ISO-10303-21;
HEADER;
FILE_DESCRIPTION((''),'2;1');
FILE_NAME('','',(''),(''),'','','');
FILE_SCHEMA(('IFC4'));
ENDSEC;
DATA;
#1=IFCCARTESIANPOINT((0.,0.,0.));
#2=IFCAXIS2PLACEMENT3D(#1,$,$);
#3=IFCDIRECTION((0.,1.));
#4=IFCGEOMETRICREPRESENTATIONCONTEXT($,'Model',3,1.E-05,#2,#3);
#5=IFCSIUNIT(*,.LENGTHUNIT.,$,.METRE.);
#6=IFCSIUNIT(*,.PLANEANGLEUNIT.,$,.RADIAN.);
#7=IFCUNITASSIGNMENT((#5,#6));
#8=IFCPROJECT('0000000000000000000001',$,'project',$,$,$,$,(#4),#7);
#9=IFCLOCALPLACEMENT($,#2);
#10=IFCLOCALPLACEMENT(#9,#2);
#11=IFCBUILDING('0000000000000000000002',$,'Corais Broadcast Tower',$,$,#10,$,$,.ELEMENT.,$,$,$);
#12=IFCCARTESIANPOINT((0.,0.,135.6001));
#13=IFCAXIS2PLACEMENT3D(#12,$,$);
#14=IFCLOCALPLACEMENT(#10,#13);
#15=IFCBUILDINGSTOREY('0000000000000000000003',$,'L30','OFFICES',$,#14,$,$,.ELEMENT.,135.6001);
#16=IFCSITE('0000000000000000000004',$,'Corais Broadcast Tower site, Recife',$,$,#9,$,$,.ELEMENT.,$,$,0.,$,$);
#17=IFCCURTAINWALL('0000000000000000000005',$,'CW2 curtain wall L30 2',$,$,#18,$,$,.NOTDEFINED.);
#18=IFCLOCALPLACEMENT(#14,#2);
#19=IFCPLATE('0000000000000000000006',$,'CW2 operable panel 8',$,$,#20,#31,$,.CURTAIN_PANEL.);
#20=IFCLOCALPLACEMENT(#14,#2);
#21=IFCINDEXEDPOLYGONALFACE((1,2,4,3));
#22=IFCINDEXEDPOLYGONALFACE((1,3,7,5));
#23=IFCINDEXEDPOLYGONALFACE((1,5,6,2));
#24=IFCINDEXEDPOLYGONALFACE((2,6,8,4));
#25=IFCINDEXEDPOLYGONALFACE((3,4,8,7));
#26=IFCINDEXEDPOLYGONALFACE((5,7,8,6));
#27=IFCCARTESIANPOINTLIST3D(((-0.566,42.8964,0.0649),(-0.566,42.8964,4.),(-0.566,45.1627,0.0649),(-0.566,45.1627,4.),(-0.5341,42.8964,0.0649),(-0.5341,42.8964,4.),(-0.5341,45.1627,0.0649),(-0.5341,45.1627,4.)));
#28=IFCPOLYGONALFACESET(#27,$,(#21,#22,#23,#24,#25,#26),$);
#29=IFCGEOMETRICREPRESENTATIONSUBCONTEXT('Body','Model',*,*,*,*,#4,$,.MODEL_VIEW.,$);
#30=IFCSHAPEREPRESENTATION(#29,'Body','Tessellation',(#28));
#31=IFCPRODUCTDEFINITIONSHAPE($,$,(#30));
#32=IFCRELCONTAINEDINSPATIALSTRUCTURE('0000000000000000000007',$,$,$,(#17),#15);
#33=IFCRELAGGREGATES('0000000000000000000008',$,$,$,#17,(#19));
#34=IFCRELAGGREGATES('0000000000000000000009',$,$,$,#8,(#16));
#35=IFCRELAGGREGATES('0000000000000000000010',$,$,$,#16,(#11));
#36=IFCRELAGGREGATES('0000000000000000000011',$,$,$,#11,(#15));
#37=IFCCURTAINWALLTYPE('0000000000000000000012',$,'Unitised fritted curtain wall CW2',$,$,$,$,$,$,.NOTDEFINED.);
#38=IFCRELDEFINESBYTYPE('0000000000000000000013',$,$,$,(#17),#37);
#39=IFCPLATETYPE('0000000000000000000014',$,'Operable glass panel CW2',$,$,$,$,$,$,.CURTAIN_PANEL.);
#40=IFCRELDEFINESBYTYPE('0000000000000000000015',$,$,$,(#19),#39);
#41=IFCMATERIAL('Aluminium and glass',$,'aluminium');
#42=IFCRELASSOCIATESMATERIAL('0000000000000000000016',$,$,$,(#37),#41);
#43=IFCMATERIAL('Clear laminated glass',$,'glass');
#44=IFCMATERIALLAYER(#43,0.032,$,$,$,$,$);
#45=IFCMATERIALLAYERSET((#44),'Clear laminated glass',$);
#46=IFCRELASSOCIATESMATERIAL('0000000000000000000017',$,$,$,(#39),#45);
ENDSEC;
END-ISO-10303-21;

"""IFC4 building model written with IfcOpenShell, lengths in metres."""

from ifc_helpers import new_model, si_unit, direction, frame, origin, origin_2d, place, context, subcontext, project, spatial, rectangle, extrude, material, layer, layer_set, type_object, element, aggregate, save


model = new_model("IFC4")

# Units and contexts
model_context = context("Model", 3, precision=1e-05, world=origin(), true_north=direction((0.0, 1.0)))
body_context = subcontext(model_context, "Body", "Model", "MODEL_VIEW")
ifc_project = project(units=[si_unit("LENGTHUNIT", "METRE"), si_unit("PLANEANGLEUNIT", "RADIAN")], contexts=[model_context])

# Site, building, storey
site_placement = place(None, origin())
site = spatial("IfcSite", under=ifc_project, at=site_placement, Name="Corais Broadcast Tower site, Recife", CompositionType="ELEMENT", RefElevation=0.0)
building_placement = place(site_placement, origin())
building = spatial("IfcBuilding", under=site, at=building_placement, Name="Corais Broadcast Tower", CompositionType="ELEMENT")
storey_placement = place(building_placement, frame((0.0, 0.0, 135.6001)))
storey = spatial("IfcBuildingStorey", under=building, at=storey_placement, Name="L30", Description="OFFICES", CompositionType="ELEMENT", Elevation=135.6001)

# Curtain wall
ifc_material_1 = material(Name="Aluminium and glass", Category="aluminium")
curtain_wall_type = type_object("IfcCurtainWallType", Name="Unitised fritted curtain wall CW2", PredefinedType="NOTDEFINED", material=ifc_material_1)
curtain_wall_placement = place(storey_placement, origin())
curtain_wall = element("IfcCurtainWall", 1, at=curtain_wall_placement, inside=storey, type_object=curtain_wall_type, Name="CW2 curtain wall L30 2", PredefinedType="NOTDEFINED")

# Plate
ifc_material_2 = material(Name="Clear laminated glass", Category="glass")
ifc_layer_1 = layer(ifc_material_2, 0.032)
ifc_layer_set_1 = layer_set([ifc_layer_1], Name="Clear laminated glass")
plate_type_1 = type_object("IfcPlateType", Name="Operable glass panel CW2", PredefinedType="CURTAIN_PANEL", material=ifc_layer_set_1)
plate_1_placement = place(storey_placement, frame((-0.55, 44.0295, 0.0649), z_axis=(0.0, 0.0, 1.0), x_axis=(0.0, 1.0, 0.0)))
plate_1 = element("IfcPlate", 2, at=plate_1_placement, type_object=plate_type_1, Name="CW2 operable panel 8", PredefinedType="CURTAIN_PANEL", context=body_context, shape_type="SweptSolid", body=[
    extrude(rectangle(XDim=2.2664, YDim=0.032, at=origin_2d()), origin(), (0.0, 0.0, 1.0), 3.9351),
])
aggregate(curtain_wall, [plate_1])

save(model, "model.ifc")
